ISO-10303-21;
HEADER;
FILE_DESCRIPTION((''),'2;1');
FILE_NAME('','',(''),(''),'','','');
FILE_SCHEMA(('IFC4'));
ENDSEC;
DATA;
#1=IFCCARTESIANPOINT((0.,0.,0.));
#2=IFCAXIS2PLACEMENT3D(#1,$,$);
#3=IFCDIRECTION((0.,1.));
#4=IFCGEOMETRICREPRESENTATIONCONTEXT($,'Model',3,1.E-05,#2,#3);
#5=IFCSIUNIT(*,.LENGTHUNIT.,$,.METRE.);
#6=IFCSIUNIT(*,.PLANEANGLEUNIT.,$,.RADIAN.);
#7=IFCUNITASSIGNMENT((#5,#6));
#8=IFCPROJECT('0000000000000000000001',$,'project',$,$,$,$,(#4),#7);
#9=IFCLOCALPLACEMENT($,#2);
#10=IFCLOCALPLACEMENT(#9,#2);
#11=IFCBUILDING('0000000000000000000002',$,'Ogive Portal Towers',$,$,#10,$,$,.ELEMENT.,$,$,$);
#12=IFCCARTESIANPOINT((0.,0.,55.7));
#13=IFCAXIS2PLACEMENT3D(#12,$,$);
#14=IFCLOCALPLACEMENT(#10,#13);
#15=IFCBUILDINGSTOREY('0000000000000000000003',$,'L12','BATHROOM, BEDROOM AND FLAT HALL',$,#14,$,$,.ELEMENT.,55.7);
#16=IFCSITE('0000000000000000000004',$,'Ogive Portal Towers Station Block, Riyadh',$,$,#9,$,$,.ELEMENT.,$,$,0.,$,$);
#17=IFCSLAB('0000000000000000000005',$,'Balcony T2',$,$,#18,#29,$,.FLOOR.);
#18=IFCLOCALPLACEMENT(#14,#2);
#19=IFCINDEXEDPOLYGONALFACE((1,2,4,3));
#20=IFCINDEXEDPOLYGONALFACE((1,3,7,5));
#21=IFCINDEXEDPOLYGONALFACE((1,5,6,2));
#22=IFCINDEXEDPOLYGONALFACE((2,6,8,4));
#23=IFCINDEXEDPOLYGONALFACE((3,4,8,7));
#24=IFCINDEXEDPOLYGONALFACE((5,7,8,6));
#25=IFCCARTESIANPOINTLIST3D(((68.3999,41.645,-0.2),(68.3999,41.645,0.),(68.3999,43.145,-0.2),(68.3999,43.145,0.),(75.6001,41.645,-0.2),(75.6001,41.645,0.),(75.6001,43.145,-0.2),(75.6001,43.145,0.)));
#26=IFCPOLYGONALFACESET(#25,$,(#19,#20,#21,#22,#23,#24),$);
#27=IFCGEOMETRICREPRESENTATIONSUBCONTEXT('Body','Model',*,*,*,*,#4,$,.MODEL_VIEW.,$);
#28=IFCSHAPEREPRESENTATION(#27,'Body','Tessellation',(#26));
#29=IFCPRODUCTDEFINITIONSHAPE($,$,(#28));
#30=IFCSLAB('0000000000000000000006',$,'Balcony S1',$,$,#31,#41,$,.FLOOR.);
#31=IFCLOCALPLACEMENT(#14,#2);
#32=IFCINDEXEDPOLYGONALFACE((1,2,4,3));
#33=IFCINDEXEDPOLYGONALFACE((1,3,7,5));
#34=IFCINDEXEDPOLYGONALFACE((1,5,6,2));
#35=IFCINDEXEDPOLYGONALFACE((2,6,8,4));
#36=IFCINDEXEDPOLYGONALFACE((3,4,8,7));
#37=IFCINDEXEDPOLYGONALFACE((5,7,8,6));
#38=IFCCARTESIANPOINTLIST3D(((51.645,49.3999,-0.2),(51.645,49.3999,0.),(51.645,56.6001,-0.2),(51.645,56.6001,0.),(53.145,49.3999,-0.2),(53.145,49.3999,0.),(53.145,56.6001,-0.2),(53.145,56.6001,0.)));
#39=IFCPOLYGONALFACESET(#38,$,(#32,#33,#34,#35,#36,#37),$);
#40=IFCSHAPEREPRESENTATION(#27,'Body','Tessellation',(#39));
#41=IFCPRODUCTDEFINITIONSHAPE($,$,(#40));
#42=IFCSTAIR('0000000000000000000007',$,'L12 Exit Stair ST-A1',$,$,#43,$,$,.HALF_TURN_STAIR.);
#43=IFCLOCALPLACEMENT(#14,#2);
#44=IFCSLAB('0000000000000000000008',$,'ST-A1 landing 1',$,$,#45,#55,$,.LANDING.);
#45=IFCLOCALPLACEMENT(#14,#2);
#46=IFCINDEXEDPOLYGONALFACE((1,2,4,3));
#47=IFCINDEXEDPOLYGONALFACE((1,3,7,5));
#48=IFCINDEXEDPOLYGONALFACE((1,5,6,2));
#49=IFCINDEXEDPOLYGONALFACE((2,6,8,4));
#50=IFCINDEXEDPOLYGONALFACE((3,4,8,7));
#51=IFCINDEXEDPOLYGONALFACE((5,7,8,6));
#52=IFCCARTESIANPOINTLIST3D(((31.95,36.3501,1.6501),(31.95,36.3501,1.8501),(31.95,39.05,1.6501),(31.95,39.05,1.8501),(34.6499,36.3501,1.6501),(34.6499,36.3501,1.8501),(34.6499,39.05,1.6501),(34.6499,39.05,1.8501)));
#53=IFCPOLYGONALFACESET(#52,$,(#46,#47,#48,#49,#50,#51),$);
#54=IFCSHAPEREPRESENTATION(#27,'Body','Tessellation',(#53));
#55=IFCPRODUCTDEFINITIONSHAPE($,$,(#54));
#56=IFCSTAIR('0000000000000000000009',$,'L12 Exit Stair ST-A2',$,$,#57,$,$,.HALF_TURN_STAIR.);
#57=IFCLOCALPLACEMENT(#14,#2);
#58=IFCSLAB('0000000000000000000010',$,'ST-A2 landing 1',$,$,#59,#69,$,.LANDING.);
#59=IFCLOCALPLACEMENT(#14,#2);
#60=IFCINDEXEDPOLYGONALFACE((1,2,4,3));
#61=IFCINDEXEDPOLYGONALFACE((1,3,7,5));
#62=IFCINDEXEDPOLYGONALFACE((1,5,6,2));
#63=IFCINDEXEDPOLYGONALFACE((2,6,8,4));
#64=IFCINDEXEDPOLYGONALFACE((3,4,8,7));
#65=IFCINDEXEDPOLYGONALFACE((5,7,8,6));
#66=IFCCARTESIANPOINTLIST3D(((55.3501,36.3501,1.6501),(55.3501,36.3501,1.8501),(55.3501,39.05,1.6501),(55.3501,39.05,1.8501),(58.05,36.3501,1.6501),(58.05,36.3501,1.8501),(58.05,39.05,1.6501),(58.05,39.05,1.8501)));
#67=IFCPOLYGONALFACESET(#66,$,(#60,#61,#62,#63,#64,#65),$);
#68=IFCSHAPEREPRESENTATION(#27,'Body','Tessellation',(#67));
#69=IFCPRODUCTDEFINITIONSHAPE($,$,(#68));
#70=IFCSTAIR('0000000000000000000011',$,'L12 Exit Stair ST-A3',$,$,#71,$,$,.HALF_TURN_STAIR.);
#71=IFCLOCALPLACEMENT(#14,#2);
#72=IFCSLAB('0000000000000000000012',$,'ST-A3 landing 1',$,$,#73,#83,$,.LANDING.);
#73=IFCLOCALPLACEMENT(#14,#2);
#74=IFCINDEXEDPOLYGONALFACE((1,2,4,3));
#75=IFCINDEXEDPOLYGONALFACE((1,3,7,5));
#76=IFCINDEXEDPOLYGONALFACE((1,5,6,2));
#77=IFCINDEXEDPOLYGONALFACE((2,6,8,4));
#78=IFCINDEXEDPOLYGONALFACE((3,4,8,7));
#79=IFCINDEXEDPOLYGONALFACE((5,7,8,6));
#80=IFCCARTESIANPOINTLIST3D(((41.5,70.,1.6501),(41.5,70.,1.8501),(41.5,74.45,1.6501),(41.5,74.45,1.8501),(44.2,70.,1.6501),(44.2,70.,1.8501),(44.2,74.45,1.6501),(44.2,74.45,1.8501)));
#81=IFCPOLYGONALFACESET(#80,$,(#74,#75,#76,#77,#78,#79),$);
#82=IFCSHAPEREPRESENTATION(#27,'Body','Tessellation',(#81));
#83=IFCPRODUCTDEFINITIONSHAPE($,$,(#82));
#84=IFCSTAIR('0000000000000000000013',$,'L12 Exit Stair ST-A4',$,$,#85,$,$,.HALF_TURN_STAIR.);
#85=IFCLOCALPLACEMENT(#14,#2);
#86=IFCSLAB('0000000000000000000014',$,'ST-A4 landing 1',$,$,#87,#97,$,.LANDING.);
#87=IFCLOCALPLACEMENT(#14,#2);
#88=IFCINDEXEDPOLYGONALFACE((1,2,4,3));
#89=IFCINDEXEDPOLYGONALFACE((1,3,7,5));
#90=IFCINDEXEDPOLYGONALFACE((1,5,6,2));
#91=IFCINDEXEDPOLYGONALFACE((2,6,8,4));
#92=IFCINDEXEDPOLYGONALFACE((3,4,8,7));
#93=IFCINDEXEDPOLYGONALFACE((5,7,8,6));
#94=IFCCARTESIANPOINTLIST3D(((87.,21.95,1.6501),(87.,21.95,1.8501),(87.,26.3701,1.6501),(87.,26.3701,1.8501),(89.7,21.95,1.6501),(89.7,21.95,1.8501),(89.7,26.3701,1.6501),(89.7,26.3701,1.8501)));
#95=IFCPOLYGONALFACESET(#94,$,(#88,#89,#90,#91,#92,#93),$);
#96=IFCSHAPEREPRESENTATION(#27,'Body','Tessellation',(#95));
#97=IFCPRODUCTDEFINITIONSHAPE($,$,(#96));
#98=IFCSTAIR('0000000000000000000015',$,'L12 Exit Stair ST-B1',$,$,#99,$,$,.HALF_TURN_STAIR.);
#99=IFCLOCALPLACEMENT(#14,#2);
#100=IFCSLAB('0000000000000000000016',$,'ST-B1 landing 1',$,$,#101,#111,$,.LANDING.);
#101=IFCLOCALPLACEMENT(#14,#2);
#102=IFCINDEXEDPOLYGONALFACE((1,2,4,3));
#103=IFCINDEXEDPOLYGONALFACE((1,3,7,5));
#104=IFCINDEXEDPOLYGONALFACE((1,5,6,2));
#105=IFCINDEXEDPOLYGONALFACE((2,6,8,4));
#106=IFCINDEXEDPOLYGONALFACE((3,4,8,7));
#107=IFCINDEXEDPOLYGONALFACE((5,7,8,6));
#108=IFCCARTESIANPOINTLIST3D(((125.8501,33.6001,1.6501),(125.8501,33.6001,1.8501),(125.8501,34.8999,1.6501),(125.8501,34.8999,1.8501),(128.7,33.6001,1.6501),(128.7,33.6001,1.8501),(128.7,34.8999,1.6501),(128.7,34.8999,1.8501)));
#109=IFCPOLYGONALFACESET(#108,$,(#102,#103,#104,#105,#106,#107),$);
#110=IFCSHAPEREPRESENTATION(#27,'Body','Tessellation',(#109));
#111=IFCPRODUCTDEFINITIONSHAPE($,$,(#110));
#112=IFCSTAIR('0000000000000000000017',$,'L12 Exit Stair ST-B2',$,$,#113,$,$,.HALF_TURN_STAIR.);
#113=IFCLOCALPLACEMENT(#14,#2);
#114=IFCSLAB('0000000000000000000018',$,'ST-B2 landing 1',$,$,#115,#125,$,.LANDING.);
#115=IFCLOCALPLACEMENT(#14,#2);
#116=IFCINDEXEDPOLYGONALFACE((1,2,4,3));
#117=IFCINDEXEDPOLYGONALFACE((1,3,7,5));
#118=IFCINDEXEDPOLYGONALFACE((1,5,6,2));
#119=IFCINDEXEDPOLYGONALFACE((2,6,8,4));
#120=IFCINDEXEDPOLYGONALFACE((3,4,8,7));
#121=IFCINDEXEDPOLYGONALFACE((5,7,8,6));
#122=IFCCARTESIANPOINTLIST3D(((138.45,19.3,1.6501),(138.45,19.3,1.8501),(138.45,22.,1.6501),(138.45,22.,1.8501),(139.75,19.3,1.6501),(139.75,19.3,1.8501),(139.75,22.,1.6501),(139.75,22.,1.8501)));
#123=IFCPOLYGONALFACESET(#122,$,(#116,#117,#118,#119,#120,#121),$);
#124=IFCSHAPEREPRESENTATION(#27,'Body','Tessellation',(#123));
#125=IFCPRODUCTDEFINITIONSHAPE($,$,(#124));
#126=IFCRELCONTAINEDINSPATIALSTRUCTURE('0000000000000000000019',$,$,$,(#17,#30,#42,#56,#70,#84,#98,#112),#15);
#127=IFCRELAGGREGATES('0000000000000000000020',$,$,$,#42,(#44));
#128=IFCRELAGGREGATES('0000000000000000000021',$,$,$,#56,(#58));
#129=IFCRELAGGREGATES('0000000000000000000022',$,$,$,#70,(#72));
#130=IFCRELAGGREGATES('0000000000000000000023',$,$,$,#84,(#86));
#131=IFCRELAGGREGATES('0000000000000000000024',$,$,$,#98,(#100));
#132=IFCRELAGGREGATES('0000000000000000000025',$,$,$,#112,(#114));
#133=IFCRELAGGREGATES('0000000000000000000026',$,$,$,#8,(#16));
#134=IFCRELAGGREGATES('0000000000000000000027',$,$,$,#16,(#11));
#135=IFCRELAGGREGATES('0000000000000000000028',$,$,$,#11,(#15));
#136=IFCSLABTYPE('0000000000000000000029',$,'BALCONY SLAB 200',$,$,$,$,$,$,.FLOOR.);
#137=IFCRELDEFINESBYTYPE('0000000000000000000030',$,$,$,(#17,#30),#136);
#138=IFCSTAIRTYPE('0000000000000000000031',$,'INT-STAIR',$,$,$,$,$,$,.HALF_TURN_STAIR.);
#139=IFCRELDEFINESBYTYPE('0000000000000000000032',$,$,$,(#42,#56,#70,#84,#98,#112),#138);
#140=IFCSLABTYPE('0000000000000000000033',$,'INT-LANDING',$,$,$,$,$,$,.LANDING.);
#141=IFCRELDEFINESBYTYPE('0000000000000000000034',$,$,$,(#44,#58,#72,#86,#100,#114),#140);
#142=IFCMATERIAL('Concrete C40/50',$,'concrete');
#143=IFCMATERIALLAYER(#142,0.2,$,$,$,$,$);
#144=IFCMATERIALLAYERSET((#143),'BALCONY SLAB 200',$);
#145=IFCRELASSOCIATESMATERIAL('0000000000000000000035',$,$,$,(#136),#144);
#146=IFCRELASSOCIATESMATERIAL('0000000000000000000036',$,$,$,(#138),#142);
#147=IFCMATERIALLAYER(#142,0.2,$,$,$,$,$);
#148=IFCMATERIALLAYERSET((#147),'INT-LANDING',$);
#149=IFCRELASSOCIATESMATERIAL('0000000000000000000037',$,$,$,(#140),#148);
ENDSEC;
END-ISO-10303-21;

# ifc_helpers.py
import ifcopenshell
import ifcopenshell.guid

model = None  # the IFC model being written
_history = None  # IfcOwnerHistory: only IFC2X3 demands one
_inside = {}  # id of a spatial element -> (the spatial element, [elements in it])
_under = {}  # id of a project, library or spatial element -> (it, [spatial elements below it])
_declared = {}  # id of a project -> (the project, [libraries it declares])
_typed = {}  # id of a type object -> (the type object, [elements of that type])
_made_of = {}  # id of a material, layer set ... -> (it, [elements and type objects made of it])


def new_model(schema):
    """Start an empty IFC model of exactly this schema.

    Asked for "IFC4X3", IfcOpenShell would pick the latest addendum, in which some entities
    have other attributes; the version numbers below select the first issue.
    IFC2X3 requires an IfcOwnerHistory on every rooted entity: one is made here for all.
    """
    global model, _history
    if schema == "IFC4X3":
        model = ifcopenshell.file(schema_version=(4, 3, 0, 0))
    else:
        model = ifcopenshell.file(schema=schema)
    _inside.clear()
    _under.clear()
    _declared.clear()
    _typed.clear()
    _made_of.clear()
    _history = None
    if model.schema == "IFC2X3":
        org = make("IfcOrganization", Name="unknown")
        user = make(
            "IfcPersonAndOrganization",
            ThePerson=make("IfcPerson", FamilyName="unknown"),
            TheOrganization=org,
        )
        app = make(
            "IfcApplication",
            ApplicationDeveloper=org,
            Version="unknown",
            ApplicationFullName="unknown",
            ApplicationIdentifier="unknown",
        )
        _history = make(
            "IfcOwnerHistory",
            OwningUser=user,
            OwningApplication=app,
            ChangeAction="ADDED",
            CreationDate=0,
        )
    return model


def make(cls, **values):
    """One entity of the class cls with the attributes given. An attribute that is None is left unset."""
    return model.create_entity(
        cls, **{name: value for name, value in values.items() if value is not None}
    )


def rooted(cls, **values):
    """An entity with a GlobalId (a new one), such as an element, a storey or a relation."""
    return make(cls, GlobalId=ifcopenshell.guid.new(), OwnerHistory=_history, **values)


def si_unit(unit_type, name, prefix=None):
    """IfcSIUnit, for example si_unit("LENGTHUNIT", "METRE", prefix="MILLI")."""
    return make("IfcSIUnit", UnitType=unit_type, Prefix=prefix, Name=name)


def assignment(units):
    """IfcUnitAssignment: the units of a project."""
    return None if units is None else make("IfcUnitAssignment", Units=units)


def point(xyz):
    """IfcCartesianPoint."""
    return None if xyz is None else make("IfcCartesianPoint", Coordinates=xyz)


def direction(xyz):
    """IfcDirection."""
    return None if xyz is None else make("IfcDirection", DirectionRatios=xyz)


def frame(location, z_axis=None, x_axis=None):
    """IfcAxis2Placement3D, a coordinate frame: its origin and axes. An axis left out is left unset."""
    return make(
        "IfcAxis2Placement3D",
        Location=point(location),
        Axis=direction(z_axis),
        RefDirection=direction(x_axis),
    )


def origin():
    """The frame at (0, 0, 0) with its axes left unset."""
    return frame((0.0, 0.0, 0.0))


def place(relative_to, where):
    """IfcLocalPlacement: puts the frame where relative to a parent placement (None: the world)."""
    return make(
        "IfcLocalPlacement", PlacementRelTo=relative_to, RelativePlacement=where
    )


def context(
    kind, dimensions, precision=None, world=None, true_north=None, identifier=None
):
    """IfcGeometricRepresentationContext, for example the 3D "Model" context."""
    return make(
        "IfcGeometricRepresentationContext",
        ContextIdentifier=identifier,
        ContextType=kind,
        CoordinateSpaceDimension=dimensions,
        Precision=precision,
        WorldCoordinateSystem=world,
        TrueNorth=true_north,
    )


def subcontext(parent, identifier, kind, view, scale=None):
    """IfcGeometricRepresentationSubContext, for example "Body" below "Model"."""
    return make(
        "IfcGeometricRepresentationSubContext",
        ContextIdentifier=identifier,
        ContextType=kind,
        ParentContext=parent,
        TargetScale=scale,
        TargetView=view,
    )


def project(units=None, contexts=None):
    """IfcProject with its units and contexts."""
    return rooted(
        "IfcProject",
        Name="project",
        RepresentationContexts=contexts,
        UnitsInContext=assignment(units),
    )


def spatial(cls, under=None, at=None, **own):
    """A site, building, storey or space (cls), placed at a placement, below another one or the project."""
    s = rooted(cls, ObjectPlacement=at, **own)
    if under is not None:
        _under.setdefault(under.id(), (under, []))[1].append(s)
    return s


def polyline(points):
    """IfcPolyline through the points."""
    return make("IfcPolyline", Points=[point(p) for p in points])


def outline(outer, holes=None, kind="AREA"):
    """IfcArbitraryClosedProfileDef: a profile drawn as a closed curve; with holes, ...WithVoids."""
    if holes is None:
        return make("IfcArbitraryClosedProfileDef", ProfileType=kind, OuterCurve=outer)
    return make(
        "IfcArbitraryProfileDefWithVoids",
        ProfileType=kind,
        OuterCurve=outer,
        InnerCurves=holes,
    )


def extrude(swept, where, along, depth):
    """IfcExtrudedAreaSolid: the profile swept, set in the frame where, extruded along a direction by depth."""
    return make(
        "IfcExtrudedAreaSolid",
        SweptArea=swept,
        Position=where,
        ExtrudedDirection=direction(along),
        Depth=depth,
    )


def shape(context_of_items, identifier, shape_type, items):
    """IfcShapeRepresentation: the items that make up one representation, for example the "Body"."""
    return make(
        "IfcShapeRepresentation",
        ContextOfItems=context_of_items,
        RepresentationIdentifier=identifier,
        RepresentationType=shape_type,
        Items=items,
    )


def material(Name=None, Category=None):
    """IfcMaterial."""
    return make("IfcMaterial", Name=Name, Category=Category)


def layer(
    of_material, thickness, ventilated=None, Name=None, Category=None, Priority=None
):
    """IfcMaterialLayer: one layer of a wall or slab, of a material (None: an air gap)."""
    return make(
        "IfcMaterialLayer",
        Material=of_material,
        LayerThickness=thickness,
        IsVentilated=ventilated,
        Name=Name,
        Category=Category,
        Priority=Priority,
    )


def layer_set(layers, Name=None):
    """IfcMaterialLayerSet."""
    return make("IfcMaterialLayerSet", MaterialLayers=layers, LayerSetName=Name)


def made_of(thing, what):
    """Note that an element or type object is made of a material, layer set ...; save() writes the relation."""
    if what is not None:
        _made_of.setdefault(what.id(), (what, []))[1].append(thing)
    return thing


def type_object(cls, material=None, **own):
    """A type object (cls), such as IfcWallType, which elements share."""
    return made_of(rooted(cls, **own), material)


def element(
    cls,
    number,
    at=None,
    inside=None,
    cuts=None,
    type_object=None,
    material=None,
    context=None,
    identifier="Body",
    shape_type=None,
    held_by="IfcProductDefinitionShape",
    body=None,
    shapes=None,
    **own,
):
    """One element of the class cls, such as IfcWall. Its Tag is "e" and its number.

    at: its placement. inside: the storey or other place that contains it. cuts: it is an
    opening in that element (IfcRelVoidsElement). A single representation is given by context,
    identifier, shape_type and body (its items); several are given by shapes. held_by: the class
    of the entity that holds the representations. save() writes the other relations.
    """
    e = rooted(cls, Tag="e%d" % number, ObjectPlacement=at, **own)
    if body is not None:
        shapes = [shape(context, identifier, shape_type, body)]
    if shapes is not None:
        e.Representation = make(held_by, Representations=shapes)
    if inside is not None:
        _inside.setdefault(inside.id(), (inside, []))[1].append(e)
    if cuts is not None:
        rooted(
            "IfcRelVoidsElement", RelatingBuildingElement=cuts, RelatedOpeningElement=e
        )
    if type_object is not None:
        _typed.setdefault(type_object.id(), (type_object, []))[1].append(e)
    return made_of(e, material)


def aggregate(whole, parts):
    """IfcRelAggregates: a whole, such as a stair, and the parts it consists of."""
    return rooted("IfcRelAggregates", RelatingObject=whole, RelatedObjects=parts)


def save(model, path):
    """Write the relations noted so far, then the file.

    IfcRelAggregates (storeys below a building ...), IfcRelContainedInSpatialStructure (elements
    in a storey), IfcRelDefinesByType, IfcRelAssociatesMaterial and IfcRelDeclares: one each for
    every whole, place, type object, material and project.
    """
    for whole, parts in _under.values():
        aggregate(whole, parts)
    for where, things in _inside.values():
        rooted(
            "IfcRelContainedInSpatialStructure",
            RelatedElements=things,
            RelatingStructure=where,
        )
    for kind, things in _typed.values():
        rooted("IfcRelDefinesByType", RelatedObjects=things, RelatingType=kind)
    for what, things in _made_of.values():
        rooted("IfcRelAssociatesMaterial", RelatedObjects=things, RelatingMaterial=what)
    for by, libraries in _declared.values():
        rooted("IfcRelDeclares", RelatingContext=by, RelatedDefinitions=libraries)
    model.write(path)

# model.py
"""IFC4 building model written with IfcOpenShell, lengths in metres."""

from ifc_helpers import new_model, si_unit, direction, frame, origin, place, context, subcontext, project, spatial, polyline, outline, extrude, material, layer, layer_set, type_object, element, aggregate, save


model = new_model("IFC4")

# Units and contexts
model_context = context("Model", 3, precision=1e-05, world=origin(), true_north=direction((0.0, 1.0)))
body_context = subcontext(model_context, "Body", "Model", "MODEL_VIEW")
ifc_project = project(units=[si_unit("LENGTHUNIT", "METRE"), si_unit("PLANEANGLEUNIT", "RADIAN")], contexts=[model_context])

# Site, building, storey
site_placement = place(None, origin())
site = spatial("IfcSite", under=ifc_project, at=site_placement, Name="Ogive Portal Towers Station Block, Riyadh", CompositionType="ELEMENT", RefElevation=0.0)
building_placement = place(site_placement, origin())
building = spatial("IfcBuilding", under=site, at=building_placement, Name="Ogive Portal Towers", CompositionType="ELEMENT")
storey_placement = place(building_placement, frame((0.0, 0.0, 55.7)))
storey = spatial("IfcBuildingStorey", under=building, at=storey_placement, Name="L12", Description="BATHROOM, BEDROOM AND FLAT HALL", CompositionType="ELEMENT", Elevation=55.7)

# Slabs
ifc_material_1 = material(Name="Concrete C40/50", Category="concrete")
ifc_layer_1 = layer(ifc_material_1, 0.2)
ifc_layer_set_1 = layer_set([ifc_layer_1], Name="BALCONY SLAB 200")
slab_type_1 = type_object("IfcSlabType", Name="BALCONY SLAB 200", PredefinedType="FLOOR", material=ifc_layer_set_1)
slab_1_placement = place(storey_placement, frame((0.0, 0.0, -0.2)))
element("IfcSlab", 1, at=slab_1_placement, inside=storey, type_object=slab_type_1, Name="Balcony T2", PredefinedType="FLOOR", context=body_context, shape_type="SweptSolid", body=[
    extrude(outline(polyline([(68.3999, 41.645), (75.6001, 41.645), (75.6001, 43.145), (68.3999, 43.145), (68.3999, 41.645)])), origin(), (0.0, 0.0, 1.0), 0.2),
])
slab_2_placement = place(storey_placement, frame((0.0, 0.0, -0.2)))
element("IfcSlab", 2, at=slab_2_placement, inside=storey, type_object=slab_type_1, Name="Balcony S1", PredefinedType="FLOOR", context=body_context, shape_type="SweptSolid", body=[
    extrude(outline(polyline([(51.645, 49.3999), (53.145, 49.3999), (53.145, 56.6001), (51.645, 56.6001), (51.645, 49.3999)])), origin(), (0.0, 0.0, 1.0), 0.2),
])

# Stairs, slabs
stair_type = type_object("IfcStairType", Name="INT-STAIR", PredefinedType="HALF_TURN_STAIR", material=ifc_material_1)
stair_1_placement = place(storey_placement, origin())
stair_1 = element("IfcStair", 3, at=stair_1_placement, inside=storey, type_object=stair_type, Name="L12 Exit Stair ST-A1", PredefinedType="HALF_TURN_STAIR")
ifc_layer_2 = layer(ifc_material_1, 0.2)
ifc_layer_set_2 = layer_set([ifc_layer_2], Name="INT-LANDING")
slab_type_2 = type_object("IfcSlabType", Name="INT-LANDING", PredefinedType="LANDING", material=ifc_layer_set_2)
slab_3_placement = place(storey_placement, frame((0.0, 0.0, 1.6501)))
slab_3 = element("IfcSlab", 4, at=slab_3_placement, type_object=slab_type_2, Name="ST-A1 landing 1", PredefinedType="LANDING", context=body_context, shape_type="SweptSolid", body=[
    extrude(outline(polyline([(34.6499, 39.05), (31.95, 39.05), (31.95, 36.3501), (34.6499, 36.3501), (34.6499, 39.05)])), origin(), (0.0, 0.0, 1.0), 0.2),
])
aggregate(stair_1, [slab_3])
stair_2_placement = place(storey_placement, origin())
stair_2 = element("IfcStair", 5, at=stair_2_placement, inside=storey, type_object=stair_type, Name="L12 Exit Stair ST-A2", PredefinedType="HALF_TURN_STAIR")
slab_4_placement = place(storey_placement, frame((0.0, 0.0, 1.6501)))
slab_4 = element("IfcSlab", 6, at=slab_4_placement, type_object=slab_type_2, Name="ST-A2 landing 1", PredefinedType="LANDING", context=body_context, shape_type="SweptSolid", body=[
    extrude(outline(polyline([(55.3501, 36.3501), (58.05, 36.3501), (58.05, 39.05), (55.3501, 39.05), (55.3501, 36.3501)])), origin(), (0.0, 0.0, 1.0), 0.2),
])
aggregate(stair_2, [slab_4])
stair_3_placement = place(storey_placement, origin())
stair_3 = element("IfcStair", 7, at=stair_3_placement, inside=storey, type_object=stair_type, Name="L12 Exit Stair ST-A3", PredefinedType="HALF_TURN_STAIR")
slab_5_placement = place(storey_placement, frame((0.0, 0.0, 1.6501)))
slab_5 = element("IfcSlab", 8, at=slab_5_placement, type_object=slab_type_2, Name="ST-A3 landing 1", PredefinedType="LANDING", context=body_context, shape_type="SweptSolid", body=[
    extrude(outline(polyline([(44.2, 70.0), (44.2, 74.45), (41.5, 74.45), (41.5, 70.0), (44.2, 70.0)])), origin(), (0.0, 0.0, 1.0), 0.2),
])
aggregate(stair_3, [slab_5])
stair_4_placement = place(storey_placement, origin())
stair_4 = element("IfcStair", 9, at=stair_4_placement, inside=storey, type_object=stair_type, Name="L12 Exit Stair ST-A4", PredefinedType="HALF_TURN_STAIR")
slab_6_placement = place(storey_placement, frame((0.0, 0.0, 1.6501)))
slab_6 = element("IfcSlab", 10, at=slab_6_placement, type_object=slab_type_2, Name="ST-A4 landing 1", PredefinedType="LANDING", context=body_context, shape_type="SweptSolid", body=[
    extrude(outline(polyline([(87.0, 26.3701), (87.0, 21.95), (89.7, 21.95), (89.7, 26.3701), (87.0, 26.3701)])), origin(), (0.0, 0.0, 1.0), 0.2),
])
aggregate(stair_4, [slab_6])
stair_5_placement = place(storey_placement, origin())
stair_5 = element("IfcStair", 11, at=stair_5_placement, inside=storey, type_object=stair_type, Name="L12 Exit Stair ST-B1", PredefinedType="HALF_TURN_STAIR")
slab_7_placement = place(storey_placement, frame((0.0, 0.0, 1.6501)))
slab_7 = element("IfcSlab", 12, at=slab_7_placement, type_object=slab_type_2, Name="ST-B1 landing 1", PredefinedType="LANDING", context=body_context, shape_type="SweptSolid", body=[
    extrude(outline(polyline([(128.7, 33.6001), (128.7, 34.8999), (125.8501, 34.8999), (125.8501, 33.6001), (128.7, 33.6001)])), origin(), (0.0, 0.0, 1.0), 0.2),
])
aggregate(stair_5, [slab_7])
stair_6_placement = place(storey_placement, origin())
stair_6 = element("IfcStair", 13, at=stair_6_placement, inside=storey, type_object=stair_type, Name="L12 Exit Stair ST-B2", PredefinedType="HALF_TURN_STAIR")
slab_8_placement = place(storey_placement, frame((0.0, 0.0, 1.6501)))
slab_8 = element("IfcSlab", 14, at=slab_8_placement, type_object=slab_type_2, Name="ST-B2 landing 1", PredefinedType="LANDING", context=body_context, shape_type="SweptSolid", body=[
    extrude(outline(polyline([(139.75, 22.0), (138.45, 22.0), (138.45, 19.3), (139.75, 19.3), (139.75, 22.0)])), origin(), (0.0, 0.0, 1.0), 0.2),
])
aggregate(stair_6, [slab_8])

save(model, "model.ifc")
